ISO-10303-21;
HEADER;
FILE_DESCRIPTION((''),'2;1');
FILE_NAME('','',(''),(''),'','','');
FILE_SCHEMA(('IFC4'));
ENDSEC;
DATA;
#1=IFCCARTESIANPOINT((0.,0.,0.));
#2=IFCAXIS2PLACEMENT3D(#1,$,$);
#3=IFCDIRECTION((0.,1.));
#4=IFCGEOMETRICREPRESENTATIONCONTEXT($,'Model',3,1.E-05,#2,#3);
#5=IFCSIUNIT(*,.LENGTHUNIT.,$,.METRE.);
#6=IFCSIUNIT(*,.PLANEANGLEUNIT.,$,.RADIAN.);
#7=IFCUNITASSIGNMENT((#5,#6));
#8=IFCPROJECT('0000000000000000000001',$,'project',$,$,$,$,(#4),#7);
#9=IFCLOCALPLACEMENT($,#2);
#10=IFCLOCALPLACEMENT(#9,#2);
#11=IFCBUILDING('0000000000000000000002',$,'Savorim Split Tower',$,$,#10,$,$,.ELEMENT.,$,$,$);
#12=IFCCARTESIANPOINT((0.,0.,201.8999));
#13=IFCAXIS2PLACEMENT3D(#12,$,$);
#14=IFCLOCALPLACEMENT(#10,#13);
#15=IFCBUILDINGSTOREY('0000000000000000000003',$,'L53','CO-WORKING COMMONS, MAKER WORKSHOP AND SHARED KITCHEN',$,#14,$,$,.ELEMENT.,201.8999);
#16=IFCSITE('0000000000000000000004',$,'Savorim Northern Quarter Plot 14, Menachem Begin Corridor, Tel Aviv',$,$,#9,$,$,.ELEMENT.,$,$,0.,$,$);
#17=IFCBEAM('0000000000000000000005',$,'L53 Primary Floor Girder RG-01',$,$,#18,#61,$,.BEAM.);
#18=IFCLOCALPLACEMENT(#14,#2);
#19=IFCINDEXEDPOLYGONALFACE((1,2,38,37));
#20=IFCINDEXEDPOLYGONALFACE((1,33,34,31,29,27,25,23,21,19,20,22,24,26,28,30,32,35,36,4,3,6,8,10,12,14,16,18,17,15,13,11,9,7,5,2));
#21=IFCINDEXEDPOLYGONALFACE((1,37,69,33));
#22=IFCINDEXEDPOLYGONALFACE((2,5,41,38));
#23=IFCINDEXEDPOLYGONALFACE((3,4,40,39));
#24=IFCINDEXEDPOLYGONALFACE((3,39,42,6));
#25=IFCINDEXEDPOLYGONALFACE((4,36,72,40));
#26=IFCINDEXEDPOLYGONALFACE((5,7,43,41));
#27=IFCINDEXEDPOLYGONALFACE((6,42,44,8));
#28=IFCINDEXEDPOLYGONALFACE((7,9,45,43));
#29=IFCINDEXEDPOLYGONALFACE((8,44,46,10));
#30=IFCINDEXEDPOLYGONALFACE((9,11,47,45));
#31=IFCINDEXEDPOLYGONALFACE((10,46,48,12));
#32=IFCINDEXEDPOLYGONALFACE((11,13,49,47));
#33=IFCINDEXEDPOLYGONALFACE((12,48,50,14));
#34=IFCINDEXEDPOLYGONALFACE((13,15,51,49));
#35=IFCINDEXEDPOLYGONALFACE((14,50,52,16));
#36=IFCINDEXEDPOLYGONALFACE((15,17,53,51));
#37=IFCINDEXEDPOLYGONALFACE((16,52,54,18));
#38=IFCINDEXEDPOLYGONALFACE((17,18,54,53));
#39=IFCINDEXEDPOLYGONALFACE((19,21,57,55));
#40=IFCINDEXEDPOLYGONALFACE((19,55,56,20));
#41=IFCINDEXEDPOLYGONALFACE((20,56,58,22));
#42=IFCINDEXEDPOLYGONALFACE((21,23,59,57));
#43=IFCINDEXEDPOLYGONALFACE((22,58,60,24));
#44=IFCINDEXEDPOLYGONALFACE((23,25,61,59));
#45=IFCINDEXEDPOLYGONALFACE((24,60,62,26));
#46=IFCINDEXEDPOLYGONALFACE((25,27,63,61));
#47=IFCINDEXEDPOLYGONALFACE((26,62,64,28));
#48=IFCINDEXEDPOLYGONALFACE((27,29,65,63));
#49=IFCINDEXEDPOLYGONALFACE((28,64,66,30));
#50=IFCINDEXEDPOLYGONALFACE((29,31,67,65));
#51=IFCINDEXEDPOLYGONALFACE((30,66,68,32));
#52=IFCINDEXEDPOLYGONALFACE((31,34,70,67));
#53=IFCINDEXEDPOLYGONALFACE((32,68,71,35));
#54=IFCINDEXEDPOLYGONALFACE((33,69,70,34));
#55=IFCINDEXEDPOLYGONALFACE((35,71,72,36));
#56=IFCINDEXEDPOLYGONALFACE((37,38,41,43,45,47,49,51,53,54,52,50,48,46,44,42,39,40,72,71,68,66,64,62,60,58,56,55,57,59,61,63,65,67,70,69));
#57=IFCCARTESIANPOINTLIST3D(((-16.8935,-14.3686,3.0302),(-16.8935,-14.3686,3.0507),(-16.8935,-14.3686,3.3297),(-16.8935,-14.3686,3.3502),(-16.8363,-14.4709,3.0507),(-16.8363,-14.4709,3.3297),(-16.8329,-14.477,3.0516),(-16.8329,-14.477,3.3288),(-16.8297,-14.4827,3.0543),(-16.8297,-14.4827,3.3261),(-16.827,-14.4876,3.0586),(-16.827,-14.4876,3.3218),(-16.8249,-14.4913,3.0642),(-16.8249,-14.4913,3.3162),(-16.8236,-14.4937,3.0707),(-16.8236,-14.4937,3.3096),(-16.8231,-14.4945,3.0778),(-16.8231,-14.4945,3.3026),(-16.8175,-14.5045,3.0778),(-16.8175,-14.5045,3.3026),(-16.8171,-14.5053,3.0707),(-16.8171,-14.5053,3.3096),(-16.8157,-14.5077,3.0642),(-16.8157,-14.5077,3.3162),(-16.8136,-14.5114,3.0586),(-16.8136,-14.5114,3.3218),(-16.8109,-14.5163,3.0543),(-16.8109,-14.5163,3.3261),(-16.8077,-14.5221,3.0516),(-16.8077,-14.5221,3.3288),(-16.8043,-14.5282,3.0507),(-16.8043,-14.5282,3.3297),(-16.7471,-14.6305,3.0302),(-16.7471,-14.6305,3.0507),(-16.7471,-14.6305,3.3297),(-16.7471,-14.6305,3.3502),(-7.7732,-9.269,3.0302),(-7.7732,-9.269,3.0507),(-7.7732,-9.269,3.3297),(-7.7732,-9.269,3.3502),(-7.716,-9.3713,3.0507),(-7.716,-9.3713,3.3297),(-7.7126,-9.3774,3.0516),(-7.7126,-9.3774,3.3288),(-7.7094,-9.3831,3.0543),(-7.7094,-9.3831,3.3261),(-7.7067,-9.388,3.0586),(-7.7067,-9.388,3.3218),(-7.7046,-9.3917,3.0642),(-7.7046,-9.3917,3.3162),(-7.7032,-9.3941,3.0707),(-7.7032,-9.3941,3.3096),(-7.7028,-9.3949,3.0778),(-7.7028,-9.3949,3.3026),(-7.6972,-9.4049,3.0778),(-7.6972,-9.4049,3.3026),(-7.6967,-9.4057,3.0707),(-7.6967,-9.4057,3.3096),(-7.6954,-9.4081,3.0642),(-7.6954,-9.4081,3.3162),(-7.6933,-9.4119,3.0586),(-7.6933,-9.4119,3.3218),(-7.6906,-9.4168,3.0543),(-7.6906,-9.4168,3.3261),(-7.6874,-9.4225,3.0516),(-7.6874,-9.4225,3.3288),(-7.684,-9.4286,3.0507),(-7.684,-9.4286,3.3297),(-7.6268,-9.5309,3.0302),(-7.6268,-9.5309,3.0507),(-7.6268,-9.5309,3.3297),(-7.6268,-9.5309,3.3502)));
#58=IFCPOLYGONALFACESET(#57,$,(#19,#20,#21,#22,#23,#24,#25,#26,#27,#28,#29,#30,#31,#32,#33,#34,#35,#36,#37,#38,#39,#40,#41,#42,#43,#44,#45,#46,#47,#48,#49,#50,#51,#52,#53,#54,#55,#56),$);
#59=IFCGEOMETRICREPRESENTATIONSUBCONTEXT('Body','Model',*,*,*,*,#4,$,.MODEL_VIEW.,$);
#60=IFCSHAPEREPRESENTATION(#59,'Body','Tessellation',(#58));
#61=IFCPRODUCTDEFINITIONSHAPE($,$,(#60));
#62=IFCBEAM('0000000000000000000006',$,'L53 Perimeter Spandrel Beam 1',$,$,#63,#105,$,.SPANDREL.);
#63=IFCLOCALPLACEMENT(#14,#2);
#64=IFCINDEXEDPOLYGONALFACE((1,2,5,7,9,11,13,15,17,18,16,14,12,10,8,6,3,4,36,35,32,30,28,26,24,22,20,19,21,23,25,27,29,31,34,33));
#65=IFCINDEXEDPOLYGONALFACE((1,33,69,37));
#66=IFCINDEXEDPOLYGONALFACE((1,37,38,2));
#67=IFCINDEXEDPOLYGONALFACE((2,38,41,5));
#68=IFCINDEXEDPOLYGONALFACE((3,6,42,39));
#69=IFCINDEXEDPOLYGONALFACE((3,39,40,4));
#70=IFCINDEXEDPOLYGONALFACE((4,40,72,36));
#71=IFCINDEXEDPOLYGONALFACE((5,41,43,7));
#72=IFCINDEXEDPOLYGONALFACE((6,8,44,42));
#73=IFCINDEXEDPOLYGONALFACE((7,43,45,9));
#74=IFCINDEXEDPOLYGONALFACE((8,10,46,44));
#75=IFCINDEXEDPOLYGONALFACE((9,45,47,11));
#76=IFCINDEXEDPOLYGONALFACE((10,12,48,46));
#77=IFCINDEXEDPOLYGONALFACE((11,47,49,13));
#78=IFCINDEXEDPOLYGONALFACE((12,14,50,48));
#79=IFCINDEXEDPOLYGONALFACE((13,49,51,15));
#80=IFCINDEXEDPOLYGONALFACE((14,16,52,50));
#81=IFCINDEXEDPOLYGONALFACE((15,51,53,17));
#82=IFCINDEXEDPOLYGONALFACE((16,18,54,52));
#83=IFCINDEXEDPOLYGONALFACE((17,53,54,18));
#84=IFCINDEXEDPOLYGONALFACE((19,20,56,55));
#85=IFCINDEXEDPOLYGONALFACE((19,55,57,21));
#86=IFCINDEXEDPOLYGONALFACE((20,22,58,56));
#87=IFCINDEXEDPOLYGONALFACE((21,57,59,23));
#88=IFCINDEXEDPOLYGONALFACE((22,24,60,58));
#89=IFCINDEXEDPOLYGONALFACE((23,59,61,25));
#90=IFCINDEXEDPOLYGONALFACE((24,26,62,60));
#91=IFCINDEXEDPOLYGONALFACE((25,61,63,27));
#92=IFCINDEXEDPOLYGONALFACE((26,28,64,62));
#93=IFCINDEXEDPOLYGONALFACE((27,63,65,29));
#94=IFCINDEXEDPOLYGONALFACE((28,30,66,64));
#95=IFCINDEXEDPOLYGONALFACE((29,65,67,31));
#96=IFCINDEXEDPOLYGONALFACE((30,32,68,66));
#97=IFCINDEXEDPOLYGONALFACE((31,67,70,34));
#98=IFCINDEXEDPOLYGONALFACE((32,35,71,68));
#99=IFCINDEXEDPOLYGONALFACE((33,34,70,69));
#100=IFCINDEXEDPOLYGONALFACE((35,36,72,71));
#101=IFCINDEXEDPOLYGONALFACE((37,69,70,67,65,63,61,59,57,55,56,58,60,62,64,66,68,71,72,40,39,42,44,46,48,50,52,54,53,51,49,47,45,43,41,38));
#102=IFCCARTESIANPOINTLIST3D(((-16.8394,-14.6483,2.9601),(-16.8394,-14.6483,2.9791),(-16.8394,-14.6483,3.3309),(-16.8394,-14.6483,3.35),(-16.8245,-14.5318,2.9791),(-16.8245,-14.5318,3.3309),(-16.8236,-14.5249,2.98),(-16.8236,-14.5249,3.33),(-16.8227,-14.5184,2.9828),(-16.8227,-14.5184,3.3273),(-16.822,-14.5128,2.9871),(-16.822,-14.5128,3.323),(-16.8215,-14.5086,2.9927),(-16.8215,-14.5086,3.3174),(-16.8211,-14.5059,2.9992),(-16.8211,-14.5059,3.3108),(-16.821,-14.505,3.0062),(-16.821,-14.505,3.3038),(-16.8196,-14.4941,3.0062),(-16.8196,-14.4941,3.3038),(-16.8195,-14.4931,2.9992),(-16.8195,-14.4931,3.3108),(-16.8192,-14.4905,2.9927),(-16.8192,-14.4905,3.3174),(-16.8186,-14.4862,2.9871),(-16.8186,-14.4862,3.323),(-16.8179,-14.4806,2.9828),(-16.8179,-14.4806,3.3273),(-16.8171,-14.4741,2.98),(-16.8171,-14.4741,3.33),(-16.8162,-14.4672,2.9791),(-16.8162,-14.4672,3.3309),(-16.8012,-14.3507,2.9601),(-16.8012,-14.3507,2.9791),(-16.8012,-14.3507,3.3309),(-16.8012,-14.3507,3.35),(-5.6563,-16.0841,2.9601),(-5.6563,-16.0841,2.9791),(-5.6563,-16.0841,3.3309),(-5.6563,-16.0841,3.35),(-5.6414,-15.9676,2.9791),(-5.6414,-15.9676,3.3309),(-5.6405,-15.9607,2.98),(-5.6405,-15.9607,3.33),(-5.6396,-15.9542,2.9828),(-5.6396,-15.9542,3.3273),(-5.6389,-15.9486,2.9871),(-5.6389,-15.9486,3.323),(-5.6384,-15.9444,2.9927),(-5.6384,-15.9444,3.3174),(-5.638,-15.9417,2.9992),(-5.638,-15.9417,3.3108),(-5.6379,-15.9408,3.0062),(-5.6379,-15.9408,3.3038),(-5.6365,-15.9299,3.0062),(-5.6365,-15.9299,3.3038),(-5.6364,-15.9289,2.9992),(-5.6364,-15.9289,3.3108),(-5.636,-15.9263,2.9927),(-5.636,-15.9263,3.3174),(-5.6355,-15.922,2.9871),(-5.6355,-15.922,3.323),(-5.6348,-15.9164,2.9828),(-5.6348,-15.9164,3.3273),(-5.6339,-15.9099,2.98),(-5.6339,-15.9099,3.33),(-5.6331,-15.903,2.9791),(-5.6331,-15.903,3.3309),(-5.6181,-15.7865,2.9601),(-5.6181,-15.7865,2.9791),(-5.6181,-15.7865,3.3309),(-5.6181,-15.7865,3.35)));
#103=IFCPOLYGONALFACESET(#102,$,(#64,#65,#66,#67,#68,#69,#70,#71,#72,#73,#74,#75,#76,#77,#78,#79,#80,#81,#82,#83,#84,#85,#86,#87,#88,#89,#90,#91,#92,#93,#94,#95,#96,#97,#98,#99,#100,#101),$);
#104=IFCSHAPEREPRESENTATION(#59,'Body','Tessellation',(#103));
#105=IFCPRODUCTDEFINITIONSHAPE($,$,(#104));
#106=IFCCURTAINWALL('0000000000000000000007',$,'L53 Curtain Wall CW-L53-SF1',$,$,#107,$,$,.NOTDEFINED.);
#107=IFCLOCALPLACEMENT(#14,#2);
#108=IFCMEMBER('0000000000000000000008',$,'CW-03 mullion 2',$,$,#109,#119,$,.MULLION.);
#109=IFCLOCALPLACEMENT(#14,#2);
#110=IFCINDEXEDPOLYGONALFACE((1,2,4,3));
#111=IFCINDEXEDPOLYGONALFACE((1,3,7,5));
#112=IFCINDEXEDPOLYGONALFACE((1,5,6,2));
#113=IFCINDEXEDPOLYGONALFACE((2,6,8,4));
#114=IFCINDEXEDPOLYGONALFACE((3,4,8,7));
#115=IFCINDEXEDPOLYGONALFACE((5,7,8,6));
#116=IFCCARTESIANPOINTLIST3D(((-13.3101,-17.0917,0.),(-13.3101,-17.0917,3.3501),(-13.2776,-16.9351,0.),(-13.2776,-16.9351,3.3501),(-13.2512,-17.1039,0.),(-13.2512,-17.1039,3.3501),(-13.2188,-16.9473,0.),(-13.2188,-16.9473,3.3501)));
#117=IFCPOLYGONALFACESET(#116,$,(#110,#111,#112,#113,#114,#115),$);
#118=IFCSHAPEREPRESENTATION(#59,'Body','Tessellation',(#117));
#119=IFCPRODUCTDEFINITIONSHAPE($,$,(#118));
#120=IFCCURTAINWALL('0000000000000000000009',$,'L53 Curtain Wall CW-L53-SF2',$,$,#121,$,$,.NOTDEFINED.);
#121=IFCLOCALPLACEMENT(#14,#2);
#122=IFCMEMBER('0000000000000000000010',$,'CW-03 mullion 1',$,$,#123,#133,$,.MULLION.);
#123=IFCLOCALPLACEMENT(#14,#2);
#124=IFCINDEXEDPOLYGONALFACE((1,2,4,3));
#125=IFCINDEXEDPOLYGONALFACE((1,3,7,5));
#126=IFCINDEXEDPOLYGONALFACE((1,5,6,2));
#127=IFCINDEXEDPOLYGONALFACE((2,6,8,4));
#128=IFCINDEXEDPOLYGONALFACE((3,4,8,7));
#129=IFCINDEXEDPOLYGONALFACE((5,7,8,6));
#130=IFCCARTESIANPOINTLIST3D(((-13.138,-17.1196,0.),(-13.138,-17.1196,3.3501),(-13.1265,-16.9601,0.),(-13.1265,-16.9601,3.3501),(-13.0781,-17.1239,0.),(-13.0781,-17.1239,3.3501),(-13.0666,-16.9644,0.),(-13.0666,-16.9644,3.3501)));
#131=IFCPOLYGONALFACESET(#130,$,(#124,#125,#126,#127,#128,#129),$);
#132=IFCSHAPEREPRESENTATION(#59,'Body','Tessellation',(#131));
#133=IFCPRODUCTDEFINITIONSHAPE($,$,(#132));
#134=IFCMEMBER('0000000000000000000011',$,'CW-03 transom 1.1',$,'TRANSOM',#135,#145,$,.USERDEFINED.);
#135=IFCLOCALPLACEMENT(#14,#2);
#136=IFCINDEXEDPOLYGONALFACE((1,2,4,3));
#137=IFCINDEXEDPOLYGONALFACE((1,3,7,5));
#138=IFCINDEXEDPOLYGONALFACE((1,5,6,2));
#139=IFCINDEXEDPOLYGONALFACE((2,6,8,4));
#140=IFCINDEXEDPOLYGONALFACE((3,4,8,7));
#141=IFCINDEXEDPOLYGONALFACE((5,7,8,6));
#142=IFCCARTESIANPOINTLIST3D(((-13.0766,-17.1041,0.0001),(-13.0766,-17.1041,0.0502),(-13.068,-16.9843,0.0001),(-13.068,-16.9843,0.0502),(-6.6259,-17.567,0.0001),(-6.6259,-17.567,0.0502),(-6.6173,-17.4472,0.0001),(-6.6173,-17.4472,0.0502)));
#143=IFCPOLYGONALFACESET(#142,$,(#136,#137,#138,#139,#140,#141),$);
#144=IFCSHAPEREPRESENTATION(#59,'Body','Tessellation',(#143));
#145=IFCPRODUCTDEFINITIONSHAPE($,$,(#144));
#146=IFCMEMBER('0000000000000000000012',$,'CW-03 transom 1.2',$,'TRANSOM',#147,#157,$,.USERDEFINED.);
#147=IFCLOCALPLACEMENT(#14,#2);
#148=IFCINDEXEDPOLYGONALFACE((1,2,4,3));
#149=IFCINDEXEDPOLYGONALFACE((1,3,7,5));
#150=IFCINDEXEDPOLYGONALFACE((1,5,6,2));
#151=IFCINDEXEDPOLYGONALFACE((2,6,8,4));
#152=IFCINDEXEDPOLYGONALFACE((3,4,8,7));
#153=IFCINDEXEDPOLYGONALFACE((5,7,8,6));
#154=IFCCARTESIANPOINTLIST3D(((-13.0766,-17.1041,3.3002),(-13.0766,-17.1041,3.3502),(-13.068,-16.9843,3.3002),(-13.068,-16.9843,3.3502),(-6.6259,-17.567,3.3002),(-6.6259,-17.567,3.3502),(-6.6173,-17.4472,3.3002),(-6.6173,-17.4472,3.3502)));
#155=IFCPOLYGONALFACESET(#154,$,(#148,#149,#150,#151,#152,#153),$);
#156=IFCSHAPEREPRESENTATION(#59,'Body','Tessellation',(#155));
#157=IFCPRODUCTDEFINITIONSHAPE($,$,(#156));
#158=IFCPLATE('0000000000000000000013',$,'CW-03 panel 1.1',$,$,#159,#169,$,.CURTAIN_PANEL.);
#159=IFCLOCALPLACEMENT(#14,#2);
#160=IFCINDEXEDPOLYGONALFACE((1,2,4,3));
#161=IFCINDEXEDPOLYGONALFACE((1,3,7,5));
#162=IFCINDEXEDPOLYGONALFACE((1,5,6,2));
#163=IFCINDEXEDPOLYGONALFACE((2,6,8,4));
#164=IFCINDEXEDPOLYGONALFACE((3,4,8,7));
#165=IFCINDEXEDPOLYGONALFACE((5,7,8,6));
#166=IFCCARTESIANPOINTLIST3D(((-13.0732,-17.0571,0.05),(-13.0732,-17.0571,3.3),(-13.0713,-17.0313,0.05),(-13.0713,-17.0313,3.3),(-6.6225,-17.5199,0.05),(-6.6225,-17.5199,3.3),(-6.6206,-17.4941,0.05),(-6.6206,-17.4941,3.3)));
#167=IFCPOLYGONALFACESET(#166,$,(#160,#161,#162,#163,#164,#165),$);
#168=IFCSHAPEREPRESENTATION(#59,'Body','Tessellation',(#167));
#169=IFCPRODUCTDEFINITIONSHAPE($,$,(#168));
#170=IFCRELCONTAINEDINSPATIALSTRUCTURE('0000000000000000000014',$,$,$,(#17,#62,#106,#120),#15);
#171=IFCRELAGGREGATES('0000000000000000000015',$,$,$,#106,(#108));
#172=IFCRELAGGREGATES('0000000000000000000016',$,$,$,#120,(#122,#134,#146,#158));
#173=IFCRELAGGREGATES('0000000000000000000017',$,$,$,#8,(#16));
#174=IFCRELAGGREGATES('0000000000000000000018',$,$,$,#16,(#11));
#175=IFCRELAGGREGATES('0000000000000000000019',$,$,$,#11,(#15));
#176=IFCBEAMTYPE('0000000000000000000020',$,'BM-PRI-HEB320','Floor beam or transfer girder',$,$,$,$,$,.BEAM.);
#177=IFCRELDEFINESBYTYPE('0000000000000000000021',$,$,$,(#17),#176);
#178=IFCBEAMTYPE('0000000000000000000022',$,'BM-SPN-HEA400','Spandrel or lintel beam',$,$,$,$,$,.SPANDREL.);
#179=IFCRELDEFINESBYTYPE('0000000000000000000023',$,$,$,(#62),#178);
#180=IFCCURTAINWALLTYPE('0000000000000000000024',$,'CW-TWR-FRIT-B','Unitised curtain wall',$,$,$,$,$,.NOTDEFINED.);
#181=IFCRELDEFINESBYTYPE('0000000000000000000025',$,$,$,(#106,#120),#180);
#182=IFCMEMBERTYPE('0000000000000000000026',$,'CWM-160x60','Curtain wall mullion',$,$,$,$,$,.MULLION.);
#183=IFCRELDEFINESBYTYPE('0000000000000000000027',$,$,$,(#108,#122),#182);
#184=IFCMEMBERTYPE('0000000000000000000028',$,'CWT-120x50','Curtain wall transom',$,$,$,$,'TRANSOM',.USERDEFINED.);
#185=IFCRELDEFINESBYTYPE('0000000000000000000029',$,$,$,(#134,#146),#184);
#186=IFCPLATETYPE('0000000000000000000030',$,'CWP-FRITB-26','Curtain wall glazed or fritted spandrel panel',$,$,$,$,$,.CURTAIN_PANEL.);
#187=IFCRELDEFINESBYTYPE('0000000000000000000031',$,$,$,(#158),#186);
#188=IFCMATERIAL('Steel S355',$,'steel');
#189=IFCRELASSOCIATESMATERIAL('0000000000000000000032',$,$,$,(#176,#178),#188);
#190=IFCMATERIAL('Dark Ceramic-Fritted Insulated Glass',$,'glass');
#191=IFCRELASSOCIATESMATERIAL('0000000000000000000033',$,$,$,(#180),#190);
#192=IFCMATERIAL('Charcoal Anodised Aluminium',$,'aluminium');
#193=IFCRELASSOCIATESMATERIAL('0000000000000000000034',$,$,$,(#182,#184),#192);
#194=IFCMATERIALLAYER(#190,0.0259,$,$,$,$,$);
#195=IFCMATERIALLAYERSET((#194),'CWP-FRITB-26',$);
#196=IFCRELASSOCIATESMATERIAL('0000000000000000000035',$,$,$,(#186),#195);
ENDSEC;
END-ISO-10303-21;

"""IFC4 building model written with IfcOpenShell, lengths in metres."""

from ifc_helpers import new_model, si_unit, direction, frame, origin, origin_2d, place, context, subcontext, project, spatial, rectangle, i_section, extrude, material, layer, layer_set, material_profile, profile_set, type_object, element, aggregate, save


model = new_model("IFC4")

# Units and contexts
model_context = context("Model", 3, precision=1e-05, world=origin(), true_north=direction((0.0, 1.0)))
body_context = subcontext(model_context, "Body", "Model", "MODEL_VIEW")
ifc_project = project(units=[si_unit("LENGTHUNIT", "METRE"), si_unit("PLANEANGLEUNIT", "RADIAN")], contexts=[model_context])

# Site, building, storey
site_placement = place(None, origin())
site = spatial("IfcSite", under=ifc_project, at=site_placement, Name="Savorim Northern Quarter Plot 14, Menachem Begin Corridor, Tel Aviv", CompositionType="ELEMENT", RefElevation=0.0)
building_placement = place(site_placement, origin())
building = spatial("IfcBuilding", under=site, at=building_placement, Name="Savorim Split Tower", CompositionType="ELEMENT")
storey_placement = place(building_placement, frame((0.0, 0.0, 201.8999)))
storey = spatial("IfcBuildingStorey", under=building, at=storey_placement, Name="L53", Description="CO-WORKING COMMONS, MAKER WORKSHOP AND SHARED KITCHEN", CompositionType="ELEMENT", Elevation=201.8999)

# Shared definitions
ifc_material_1 = material(Name="Steel S355", Category="steel")

# Beams
ifc_material_profile_1 = material_profile(ifc_material_1, i_section(OverallWidth=0.3, OverallDepth=0.3201, WebThickness=0.0115, FlangeThickness=0.0205, FilletRadius=0.0271, at=origin_2d()), Name="HEB 320")
ifc_profile_set_1 = profile_set([ifc_material_profile_1], Name="Steel S355")
beam_type_1 = type_object("IfcBeamType", Name="BM-PRI-HEB320", Description="Floor beam or transfer girder", PredefinedType="BEAM", material=ifc_profile_set_1)
beam_1_placement = place(storey_placement, frame((-16.8203, -14.4995, 3.1902), z_axis=(0.872824, 0.488036, 0.0), x_axis=(-0.488036, 0.872824, 0.0)))
element("IfcBeam", 1, at=beam_1_placement, inside=storey, type_object=beam_type_1, Name="L53 Primary Floor Girder RG-01", PredefinedType="BEAM", context=body_context, shape_type="SweptSolid", body=[
    extrude(i_section(OverallWidth=0.3, OverallDepth=0.3201, WebThickness=0.0115, FlangeThickness=0.0205, FilletRadius=0.0271, at=origin_2d()), origin(), (0.0, 0.0, 1.0), 10.4492),
])
ifc_material_profile_2 = material_profile(ifc_material_1, i_section(OverallWidth=0.3, OverallDepth=0.3899, WebThickness=0.011, FlangeThickness=0.019, FilletRadius=0.0271, at=origin_2d()), Name="HEA 400")
ifc_profile_set_2 = profile_set([ifc_material_profile_2], Name="Steel S355")
beam_type_2 = type_object("IfcBeamType", Name="BM-SPN-HEA400", Description="Spandrel or lintel beam", PredefinedType="SPANDREL", material=ifc_profile_set_2)
beam_2_placement = place(storey_placement, frame((-16.8203, -14.4995, 3.155), z_axis=(0.991859, -0.127344, 0.0), x_axis=(0.127344, 0.991859, 0.0)))
element("IfcBeam", 2, at=beam_2_placement, inside=storey, type_object=beam_type_2, Name="L53 Perimeter Spandrel Beam 1", PredefinedType="SPANDREL", context=body_context, shape_type="SweptSolid", body=[
    extrude(i_section(OverallWidth=0.3, OverallDepth=0.3899, WebThickness=0.011, FlangeThickness=0.019, FilletRadius=0.0271, at=origin_2d()), origin(), (0.0, 0.0, 1.0), 11.2749),
])

# Curtain wall, member
ifc_material_2 = material(Name="Dark Ceramic-Fritted Insulated Glass", Category="glass")
curtain_wall_type = type_object("IfcCurtainWallType", Name="CW-TWR-FRIT-B", Description="Unitised curtain wall", PredefinedType="NOTDEFINED", material=ifc_material_2)
curtain_wall_1_placement = place(storey_placement, origin())
curtain_wall_1 = element("IfcCurtainWall", 3, at=curtain_wall_1_placement, inside=storey, type_object=curtain_wall_type, Name="L53 Curtain Wall CW-L53-SF1", PredefinedType="NOTDEFINED")
ifc_material_3 = material(Name="Charcoal Anodised Aluminium", Category="aluminium")
ifc_material_profile_3 = material_profile(ifc_material_3, rectangle(XDim=0.1599, YDim=0.0601, at=origin_2d()), Name="ALU-M 160x60")
ifc_profile_set_3 = profile_set([ifc_material_profile_3], Name="Charcoal Anodised Aluminium")
member_type_1 = type_object("IfcMemberType", Name="CWM-160x60", Description="Curtain wall mullion", PredefinedType="MULLION", material=ifc_profile_set_3)
member_1_placement = place(storey_placement, frame((-13.2644, -17.0195, 0.0), z_axis=(0.0, 0.0, 1.0), x_axis=(0.203208, 0.979136, 0.0)))
member_1 = element("IfcMember", 4, at=member_1_placement, type_object=member_type_1, Name="CW-03 mullion 2", PredefinedType="MULLION", context=body_context, shape_type="SweptSolid", body=[
    extrude(rectangle(XDim=0.1599, YDim=0.0601, at=origin_2d()), origin(), (0.0, 0.0, 1.0), 3.3501),
])
aggregate(curtain_wall_1, [member_1])

# Curtain wall, members, plate
curtain_wall_2_placement = place(storey_placement, origin())
curtain_wall_2 = element("IfcCurtainWall", 5, at=curtain_wall_2_placement, inside=storey, type_object=curtain_wall_type, Name="L53 Curtain Wall CW-L53-SF2", PredefinedType="NOTDEFINED")
member_2_placement = place(storey_placement, frame((-13.1023, -17.042, 0.0), z_axis=(0.0, 0.0, 1.0), x_axis=(0.071562, 0.997436, 0.0)))
member_2 = element("IfcMember", 6, at=member_2_placement, type_object=member_type_1, Name="CW-03 mullion 1", PredefinedType="MULLION", context=body_context, shape_type="SweptSolid", body=[
    extrude(rectangle(XDim=0.1599, YDim=0.0601, at=origin_2d()), origin(), (0.0, 0.0, 1.0), 3.3501),
])
ifc_material_profile_4 = material_profile(ifc_material_3, rectangle(XDim=0.1201, YDim=0.05, at=origin_2d()), Name="ALU-T 120x50")
ifc_profile_set_4 = profile_set([ifc_material_profile_4], Name="Charcoal Anodised Aluminium")
member_type_2 = type_object("IfcMemberType", Name="CWT-120x50", Description="Curtain wall transom", ElementType="TRANSOM", PredefinedType="USERDEFINED", material=ifc_profile_set_4)
member_3_placement = place(storey_placement, frame((-13.0723, -17.0442, 0.0251), z_axis=(0.997435, -0.071574, 0.0), x_axis=(0.071574, 0.997435, 0.0)))
member_3 = element("IfcMember", 7, at=member_3_placement, type_object=member_type_2, Name="CW-03 transom 1.1", ObjectType="TRANSOM", PredefinedType="USERDEFINED", context=body_context, shape_type="SweptSolid", body=[
    extrude(rectangle(XDim=0.1201, YDim=0.05, at=origin_2d()), origin(), (0.0, 0.0, 1.0), 6.4673),
])
member_4_placement = place(storey_placement, frame((-13.0723, -17.0442, 3.3252), z_axis=(0.997435, -0.071574, 0.0), x_axis=(0.071574, 0.997435, 0.0)))
member_4 = element("IfcMember", 8, at=member_4_placement, type_object=member_type_2, Name="CW-03 transom 1.2", ObjectType="TRANSOM", PredefinedType="USERDEFINED", context=body_context, shape_type="SweptSolid", body=[
    extrude(rectangle(XDim=0.1201, YDim=0.05, at=origin_2d()), origin(), (0.0, 0.0, 1.0), 6.4673),
])
ifc_layer_1 = layer(ifc_material_2, 0.0259)
ifc_layer_set_1 = layer_set([ifc_layer_1], Name="CWP-FRITB-26")
plate_type = type_object("IfcPlateType", Name="CWP-FRITB-26", Description="Curtain wall glazed or fritted spandrel panel", PredefinedType="CURTAIN_PANEL", material=ifc_layer_set_1)
plate_placement = place(storey_placement, frame((-9.8469, -17.2756, 0.05), z_axis=(0.0, 0.0, 1.0), x_axis=(0.997436, -0.071562, 0.0)))
plate = element("IfcPlate", 9, at=plate_placement, type_object=plate_type, Name="CW-03 panel 1.1", PredefinedType="CURTAIN_PANEL", context=body_context, shape_type="SweptSolid", body=[
    extrude(rectangle(XDim=6.4673, YDim=0.0259, at=origin_2d()), origin(), (0.0, 0.0, 1.0), 3.25),
])
aggregate(curtain_wall_2, [member_2, member_3, member_4, plate])

save(model, "model.ifc")
